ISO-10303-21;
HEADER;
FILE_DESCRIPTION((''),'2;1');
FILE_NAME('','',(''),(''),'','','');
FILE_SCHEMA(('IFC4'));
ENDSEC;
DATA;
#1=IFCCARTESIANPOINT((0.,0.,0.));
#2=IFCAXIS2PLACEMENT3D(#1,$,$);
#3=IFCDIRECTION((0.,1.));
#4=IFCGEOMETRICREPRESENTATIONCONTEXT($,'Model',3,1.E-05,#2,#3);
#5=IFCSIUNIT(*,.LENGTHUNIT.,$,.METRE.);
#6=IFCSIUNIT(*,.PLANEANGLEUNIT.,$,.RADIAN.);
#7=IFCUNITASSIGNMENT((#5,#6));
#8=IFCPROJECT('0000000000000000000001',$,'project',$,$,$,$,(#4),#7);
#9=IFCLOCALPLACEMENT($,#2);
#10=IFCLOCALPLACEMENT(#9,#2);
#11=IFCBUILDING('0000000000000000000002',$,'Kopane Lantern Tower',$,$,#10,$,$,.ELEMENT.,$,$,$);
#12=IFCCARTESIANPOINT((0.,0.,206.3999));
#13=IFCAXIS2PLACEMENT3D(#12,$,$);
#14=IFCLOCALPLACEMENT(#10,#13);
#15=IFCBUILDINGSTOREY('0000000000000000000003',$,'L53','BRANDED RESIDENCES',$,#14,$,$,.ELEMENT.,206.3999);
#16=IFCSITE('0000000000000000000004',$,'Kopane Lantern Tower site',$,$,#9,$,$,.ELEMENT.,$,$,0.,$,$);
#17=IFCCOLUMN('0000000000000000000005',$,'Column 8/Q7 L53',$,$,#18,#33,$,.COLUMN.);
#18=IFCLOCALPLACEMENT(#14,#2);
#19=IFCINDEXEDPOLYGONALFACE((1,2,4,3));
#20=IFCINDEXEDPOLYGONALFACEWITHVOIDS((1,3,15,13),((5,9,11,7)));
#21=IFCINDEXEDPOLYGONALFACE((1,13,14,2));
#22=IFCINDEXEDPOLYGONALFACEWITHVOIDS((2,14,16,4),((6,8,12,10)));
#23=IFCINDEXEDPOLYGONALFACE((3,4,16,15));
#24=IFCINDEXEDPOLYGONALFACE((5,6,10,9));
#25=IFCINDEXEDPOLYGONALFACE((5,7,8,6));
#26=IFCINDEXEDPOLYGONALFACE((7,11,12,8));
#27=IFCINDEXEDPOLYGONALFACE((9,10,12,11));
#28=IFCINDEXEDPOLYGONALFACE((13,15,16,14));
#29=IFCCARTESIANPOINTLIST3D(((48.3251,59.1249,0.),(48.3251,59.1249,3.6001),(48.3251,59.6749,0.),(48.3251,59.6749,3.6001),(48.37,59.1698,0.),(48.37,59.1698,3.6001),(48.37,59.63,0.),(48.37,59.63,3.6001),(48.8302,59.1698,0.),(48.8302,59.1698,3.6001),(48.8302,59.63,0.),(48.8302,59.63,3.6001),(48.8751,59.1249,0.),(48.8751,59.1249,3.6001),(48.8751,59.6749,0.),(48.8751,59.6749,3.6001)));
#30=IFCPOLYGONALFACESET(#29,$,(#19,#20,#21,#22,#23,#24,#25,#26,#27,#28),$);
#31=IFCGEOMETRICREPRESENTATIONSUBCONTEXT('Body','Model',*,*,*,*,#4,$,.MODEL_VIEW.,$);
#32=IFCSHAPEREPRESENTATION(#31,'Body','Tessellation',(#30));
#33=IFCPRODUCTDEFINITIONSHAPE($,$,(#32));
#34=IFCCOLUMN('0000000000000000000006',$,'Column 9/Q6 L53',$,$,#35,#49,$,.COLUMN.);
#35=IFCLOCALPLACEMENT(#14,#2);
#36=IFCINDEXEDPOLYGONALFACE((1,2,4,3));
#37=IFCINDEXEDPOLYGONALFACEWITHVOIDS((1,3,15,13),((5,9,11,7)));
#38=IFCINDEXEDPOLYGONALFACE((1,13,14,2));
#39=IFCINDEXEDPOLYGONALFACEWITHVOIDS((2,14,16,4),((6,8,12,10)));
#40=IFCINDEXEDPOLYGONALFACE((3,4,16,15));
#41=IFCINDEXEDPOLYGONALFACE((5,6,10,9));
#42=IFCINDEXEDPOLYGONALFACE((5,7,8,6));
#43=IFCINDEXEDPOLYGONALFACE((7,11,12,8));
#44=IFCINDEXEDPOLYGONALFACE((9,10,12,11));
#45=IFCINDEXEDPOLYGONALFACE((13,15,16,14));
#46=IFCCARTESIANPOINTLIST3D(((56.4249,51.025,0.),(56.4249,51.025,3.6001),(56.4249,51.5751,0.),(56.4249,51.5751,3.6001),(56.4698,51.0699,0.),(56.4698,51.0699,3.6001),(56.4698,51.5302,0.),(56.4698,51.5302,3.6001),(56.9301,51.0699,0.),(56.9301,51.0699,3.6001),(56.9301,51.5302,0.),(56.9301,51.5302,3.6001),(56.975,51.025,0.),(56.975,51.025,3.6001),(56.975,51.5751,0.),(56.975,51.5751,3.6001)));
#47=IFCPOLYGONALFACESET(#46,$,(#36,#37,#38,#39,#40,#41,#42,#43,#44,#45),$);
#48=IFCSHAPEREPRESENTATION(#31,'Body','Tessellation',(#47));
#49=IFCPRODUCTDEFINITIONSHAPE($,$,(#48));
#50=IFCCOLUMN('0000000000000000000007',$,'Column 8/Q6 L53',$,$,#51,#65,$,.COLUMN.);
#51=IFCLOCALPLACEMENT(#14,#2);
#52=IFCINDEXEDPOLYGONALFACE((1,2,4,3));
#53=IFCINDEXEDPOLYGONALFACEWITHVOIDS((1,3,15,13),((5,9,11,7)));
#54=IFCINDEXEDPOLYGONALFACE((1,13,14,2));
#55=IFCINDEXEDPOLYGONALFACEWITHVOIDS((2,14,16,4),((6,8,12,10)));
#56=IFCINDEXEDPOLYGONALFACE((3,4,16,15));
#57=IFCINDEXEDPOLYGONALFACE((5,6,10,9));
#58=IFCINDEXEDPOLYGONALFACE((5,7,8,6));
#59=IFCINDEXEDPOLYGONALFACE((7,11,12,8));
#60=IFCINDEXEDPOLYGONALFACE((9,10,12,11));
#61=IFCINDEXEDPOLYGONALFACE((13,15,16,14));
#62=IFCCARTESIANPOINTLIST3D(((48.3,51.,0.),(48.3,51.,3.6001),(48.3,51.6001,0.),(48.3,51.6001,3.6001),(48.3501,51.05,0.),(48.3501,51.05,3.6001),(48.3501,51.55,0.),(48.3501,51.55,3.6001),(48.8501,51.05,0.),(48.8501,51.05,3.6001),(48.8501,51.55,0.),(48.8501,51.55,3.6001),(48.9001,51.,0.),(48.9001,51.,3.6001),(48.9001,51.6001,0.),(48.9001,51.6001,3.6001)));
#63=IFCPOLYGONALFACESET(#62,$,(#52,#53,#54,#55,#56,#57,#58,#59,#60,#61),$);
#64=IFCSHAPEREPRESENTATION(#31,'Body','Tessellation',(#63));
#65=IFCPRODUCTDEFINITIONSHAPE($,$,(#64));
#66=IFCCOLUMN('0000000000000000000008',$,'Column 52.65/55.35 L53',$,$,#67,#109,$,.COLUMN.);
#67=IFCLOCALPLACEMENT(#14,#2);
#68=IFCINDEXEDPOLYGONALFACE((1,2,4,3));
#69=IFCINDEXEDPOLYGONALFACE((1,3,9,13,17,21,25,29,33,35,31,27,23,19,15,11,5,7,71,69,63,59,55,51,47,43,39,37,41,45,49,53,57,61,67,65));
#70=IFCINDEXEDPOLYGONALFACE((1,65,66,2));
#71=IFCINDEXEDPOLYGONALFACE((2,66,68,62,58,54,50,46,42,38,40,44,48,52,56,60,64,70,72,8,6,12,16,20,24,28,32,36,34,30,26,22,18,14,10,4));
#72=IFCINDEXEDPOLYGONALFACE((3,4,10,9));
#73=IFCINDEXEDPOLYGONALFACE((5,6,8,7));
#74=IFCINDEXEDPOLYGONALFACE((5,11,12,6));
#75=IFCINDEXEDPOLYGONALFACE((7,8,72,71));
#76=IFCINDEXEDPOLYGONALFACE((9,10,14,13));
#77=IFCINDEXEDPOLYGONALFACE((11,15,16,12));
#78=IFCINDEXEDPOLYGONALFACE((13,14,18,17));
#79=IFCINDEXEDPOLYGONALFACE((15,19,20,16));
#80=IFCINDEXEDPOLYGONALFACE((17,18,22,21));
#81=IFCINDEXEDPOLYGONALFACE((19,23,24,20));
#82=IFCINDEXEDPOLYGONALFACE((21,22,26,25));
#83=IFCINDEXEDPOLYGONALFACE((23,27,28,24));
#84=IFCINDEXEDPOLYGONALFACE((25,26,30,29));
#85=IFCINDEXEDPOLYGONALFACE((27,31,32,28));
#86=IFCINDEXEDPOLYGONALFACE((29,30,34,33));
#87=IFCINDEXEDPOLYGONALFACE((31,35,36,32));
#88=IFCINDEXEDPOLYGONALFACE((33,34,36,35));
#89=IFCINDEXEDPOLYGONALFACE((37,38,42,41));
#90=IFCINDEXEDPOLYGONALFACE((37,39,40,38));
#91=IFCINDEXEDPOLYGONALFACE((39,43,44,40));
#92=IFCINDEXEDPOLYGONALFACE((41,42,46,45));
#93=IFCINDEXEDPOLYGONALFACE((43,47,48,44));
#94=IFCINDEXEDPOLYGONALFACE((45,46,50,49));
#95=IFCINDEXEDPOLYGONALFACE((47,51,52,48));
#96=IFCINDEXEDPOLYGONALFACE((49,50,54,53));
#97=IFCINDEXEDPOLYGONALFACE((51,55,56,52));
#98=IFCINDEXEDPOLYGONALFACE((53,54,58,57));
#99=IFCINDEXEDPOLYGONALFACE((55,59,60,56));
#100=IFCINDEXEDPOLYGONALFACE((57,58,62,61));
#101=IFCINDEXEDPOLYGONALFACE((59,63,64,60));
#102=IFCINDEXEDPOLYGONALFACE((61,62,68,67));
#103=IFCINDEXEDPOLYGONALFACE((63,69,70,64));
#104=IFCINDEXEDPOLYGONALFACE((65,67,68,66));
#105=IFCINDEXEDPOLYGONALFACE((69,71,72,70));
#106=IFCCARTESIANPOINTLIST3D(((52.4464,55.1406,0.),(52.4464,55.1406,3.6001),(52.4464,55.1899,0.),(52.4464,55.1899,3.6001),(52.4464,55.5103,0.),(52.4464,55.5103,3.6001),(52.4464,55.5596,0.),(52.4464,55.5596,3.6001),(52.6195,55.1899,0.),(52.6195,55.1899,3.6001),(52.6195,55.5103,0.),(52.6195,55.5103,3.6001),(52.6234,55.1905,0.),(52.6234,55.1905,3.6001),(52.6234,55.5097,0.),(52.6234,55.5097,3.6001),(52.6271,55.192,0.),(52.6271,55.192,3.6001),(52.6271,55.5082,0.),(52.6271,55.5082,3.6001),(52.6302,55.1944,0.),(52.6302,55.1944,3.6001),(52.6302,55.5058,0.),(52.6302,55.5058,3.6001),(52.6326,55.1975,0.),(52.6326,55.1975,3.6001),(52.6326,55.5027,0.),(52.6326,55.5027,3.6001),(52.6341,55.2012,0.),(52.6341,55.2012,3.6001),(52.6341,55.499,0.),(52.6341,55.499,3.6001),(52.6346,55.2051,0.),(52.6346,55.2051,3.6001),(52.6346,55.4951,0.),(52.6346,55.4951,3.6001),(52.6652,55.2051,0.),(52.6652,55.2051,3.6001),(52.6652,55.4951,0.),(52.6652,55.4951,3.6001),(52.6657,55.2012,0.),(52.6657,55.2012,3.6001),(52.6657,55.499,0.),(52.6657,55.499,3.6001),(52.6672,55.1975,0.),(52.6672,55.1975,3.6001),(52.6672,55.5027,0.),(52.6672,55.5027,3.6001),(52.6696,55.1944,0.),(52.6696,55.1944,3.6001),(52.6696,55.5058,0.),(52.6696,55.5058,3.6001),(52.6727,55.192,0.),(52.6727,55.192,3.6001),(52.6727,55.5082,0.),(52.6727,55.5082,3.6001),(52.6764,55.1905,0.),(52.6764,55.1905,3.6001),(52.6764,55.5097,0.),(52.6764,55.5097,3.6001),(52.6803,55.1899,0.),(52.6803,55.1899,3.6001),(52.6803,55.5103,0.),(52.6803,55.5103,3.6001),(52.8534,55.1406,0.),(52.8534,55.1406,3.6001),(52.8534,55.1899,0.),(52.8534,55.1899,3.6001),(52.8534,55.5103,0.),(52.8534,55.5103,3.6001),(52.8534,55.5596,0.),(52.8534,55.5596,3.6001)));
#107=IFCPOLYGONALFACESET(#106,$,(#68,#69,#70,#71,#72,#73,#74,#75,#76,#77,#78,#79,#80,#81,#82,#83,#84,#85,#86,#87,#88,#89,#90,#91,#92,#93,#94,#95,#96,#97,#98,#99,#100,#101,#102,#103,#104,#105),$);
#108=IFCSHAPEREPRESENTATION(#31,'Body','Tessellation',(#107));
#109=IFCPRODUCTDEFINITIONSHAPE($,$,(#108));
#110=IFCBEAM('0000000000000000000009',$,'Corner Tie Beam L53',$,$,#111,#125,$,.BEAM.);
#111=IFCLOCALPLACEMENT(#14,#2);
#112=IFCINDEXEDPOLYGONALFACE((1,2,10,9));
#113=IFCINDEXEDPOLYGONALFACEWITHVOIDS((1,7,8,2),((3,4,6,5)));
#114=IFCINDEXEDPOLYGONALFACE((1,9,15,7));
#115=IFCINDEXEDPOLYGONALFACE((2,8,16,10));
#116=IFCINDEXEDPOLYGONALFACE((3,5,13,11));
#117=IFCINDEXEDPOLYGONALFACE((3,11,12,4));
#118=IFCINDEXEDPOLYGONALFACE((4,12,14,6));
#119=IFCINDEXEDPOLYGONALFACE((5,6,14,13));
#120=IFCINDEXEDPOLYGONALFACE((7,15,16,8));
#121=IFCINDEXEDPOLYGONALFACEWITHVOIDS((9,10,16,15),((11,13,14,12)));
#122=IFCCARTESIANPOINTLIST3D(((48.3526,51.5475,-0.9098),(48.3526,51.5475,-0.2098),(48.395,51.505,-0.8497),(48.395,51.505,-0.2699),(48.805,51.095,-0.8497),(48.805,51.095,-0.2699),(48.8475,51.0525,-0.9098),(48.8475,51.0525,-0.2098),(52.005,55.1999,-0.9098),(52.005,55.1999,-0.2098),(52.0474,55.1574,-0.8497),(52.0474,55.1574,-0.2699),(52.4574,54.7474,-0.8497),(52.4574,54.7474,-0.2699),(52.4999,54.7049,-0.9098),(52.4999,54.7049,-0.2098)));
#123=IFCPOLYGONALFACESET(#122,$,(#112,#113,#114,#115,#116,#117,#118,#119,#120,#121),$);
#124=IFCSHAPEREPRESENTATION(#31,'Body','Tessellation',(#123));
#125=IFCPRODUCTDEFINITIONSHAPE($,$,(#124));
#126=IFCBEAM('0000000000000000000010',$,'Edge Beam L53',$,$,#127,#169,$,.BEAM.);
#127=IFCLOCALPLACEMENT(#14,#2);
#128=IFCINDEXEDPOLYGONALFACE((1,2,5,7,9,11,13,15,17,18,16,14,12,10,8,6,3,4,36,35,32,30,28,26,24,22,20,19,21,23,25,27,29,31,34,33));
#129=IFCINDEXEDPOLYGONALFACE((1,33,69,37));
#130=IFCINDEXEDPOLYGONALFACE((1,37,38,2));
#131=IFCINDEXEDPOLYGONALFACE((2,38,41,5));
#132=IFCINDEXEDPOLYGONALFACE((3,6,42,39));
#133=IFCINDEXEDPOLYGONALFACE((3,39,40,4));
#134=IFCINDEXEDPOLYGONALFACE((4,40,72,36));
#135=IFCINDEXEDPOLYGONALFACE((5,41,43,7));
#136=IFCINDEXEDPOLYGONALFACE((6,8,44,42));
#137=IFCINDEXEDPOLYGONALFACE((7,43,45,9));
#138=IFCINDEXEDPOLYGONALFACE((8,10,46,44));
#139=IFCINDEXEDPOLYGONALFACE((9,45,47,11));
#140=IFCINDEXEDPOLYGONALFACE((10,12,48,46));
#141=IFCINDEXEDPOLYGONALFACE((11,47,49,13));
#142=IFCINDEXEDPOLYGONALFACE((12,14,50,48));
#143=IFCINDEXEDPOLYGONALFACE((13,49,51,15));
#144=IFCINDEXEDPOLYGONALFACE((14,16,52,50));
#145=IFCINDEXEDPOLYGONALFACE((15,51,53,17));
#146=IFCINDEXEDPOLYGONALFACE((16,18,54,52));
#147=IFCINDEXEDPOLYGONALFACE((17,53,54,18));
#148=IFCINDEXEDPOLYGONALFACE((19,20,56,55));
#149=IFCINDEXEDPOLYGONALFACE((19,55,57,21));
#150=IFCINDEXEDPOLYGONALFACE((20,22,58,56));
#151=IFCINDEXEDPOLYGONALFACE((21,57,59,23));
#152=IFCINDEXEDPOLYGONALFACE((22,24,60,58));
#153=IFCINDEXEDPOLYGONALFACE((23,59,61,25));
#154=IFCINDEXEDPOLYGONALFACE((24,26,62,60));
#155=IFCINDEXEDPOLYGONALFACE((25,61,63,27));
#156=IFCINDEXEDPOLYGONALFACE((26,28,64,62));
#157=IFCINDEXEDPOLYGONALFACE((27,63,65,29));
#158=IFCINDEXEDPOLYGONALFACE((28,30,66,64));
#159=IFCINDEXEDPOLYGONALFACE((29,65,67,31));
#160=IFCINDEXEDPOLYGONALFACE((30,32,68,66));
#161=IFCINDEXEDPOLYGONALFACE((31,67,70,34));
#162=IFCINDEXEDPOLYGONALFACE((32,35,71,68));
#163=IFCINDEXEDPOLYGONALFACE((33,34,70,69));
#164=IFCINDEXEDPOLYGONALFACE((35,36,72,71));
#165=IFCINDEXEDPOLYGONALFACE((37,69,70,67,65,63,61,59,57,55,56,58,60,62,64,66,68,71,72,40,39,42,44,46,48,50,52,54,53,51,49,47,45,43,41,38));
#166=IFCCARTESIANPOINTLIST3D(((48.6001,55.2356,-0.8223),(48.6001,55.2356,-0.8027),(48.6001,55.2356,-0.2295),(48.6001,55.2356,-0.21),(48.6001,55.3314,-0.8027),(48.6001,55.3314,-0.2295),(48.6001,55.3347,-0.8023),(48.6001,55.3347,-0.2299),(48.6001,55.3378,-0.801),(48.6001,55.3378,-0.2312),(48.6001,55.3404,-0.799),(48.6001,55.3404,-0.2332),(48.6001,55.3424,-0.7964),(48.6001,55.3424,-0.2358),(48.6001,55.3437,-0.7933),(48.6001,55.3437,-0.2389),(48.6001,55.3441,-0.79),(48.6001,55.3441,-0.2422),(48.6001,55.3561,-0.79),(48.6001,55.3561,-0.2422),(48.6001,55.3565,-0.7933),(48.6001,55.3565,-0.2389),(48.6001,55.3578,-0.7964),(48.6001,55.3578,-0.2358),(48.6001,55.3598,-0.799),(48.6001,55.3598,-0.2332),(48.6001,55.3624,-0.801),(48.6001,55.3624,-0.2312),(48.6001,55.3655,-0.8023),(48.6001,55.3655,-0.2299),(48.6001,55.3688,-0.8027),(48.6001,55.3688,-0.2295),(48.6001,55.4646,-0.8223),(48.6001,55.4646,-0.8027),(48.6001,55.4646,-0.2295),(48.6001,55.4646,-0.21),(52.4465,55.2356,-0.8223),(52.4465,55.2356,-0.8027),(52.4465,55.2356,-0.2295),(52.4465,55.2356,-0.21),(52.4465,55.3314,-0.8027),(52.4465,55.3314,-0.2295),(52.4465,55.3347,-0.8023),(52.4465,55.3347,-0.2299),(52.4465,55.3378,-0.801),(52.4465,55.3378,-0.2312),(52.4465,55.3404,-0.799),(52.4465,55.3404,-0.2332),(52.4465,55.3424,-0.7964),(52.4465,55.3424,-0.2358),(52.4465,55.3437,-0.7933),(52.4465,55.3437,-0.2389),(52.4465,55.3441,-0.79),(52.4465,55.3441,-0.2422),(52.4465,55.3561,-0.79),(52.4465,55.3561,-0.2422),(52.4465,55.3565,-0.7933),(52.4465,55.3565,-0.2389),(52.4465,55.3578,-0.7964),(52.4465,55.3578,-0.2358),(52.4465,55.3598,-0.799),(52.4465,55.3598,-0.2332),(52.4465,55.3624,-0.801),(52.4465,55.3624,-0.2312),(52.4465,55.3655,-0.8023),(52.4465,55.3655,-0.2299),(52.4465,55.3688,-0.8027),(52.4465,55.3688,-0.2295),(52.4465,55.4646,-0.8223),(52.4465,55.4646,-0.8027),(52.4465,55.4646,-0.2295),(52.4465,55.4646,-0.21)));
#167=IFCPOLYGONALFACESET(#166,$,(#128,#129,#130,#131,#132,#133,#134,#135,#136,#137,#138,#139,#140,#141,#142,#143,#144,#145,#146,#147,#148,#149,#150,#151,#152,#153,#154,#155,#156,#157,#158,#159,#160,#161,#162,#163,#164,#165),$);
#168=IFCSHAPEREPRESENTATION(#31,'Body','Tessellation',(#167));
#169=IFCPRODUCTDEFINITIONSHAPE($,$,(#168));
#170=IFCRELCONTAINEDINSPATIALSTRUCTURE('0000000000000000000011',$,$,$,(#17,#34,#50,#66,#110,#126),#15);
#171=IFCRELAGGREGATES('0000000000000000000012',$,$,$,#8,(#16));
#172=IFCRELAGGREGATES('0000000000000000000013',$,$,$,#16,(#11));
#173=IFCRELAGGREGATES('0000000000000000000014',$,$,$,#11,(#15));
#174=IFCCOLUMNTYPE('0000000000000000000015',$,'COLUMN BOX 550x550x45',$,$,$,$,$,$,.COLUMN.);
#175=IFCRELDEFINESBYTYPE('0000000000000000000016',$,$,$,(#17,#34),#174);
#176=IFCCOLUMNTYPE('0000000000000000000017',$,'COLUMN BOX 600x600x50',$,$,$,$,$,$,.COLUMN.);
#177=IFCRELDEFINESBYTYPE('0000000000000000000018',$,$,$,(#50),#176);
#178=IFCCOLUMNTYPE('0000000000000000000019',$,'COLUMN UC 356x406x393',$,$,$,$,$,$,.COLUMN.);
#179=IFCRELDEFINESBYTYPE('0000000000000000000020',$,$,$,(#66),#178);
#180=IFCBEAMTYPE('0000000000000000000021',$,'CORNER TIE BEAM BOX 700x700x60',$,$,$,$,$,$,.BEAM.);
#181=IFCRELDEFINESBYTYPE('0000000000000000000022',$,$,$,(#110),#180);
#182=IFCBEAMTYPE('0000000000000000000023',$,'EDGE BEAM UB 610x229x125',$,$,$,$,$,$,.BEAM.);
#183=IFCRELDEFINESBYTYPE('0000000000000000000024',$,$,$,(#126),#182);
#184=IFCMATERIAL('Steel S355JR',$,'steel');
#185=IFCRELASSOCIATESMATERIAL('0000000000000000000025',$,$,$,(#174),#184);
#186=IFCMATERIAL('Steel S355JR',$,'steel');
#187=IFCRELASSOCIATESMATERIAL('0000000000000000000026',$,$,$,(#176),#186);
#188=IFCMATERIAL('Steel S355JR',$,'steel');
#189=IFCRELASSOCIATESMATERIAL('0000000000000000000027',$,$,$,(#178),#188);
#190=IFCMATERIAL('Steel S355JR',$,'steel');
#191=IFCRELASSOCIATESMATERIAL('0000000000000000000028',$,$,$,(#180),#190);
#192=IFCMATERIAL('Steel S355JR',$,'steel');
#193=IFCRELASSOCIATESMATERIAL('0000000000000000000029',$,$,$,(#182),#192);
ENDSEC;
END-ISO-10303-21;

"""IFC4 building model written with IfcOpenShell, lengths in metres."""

from ifc_helpers import new_model, si_unit, direction, frame, origin, origin_2d, place, context, subcontext, project, spatial, hollow_rectangle, i_section, extrude, material, material_profile, profile_set, type_object, element, save


model = new_model("IFC4")

# Units and contexts
model_context = context("Model", 3, precision=1e-05, world=origin(), true_north=direction((0.0, 1.0)))
body_context = subcontext(model_context, "Body", "Model", "MODEL_VIEW")
ifc_project = project(units=[si_unit("LENGTHUNIT", "METRE"), si_unit("PLANEANGLEUNIT", "RADIAN")], contexts=[model_context])

# Site, building, storey
site_placement = place(None, origin())
site = spatial("IfcSite", under=ifc_project, at=site_placement, Name="Kopane Lantern Tower site", CompositionType="ELEMENT", RefElevation=0.0)
building_placement = place(site_placement, origin())
building = spatial("IfcBuilding", under=site, at=building_placement, Name="Kopane Lantern Tower", CompositionType="ELEMENT")
storey_placement = place(building_placement, frame((0.0, 0.0, 206.3999)))
storey = spatial("IfcBuildingStorey", under=building, at=storey_placement, Name="L53", Description="BRANDED RESIDENCES", CompositionType="ELEMENT", Elevation=206.3999)

# Columns
ifc_material_1 = material(Name="Steel S355JR", Category="steel")
ifc_material_profile_1 = material_profile(ifc_material_1, hollow_rectangle(XDim=0.55, YDim=0.55, WallThickness=0.0449, at=origin_2d()), Name="BOX 550x550x45")
ifc_profile_set_1 = profile_set([ifc_material_profile_1], Name="Steel S355JR")
column_type_1 = type_object("IfcColumnType", Name="COLUMN BOX 550x550x45", PredefinedType="COLUMN", material=ifc_profile_set_1)
for number, where, z_axis, x_axis, name in (
    (1, (48.6001, 59.3999, 0.0), (0.0, 0.0, 1.0), (1.0, 0.0, 0.0), "Column 8/Q7 L53"),
    (2, (56.7, 51.3, 0.0), (0.0, 0.0, 1.0), (1.0, 0.0, 0.0), "Column 9/Q6 L53"),
):
    element("IfcColumn", number, at=place(storey_placement, frame(where, z_axis=z_axis, x_axis=x_axis)), inside=storey, type_object=column_type_1, Name=name, PredefinedType="COLUMN", context=body_context, shape_type="SweptSolid", body=[
        extrude(hollow_rectangle(XDim=0.55, YDim=0.55, WallThickness=0.0449, at=origin_2d()), origin(), (0.0, 0.0, 1.0), 3.6001),
    ])
ifc_material_2 = material(Name="Steel S355JR", Category="steel")
ifc_material_profile_2 = material_profile(ifc_material_2, hollow_rectangle(XDim=0.6001, YDim=0.6001, WallThickness=0.05, at=origin_2d()), Name="BOX 600x600x50")
ifc_profile_set_2 = profile_set([ifc_material_profile_2], Name="Steel S355JR")
column_type_2 = type_object("IfcColumnType", Name="COLUMN BOX 600x600x50", PredefinedType="COLUMN", material=ifc_profile_set_2)
column_1_placement = place(storey_placement, frame((48.6001, 51.3, 0.0), z_axis=(0.0, 0.0, 1.0), x_axis=(1.0, 0.0, 0.0)))
element("IfcColumn", 3, at=column_1_placement, inside=storey, type_object=column_type_2, Name="Column 8/Q6 L53", PredefinedType="COLUMN", context=body_context, shape_type="SweptSolid", body=[
    extrude(hollow_rectangle(XDim=0.6001, YDim=0.6001, WallThickness=0.05, at=origin_2d()), origin(), (0.0, 0.0, 1.0), 3.6001),
])
ifc_material_3 = material(Name="Steel S355JR", Category="steel")
ifc_material_profile_3 = material_profile(ifc_material_3, i_section(OverallWidth=0.407, OverallDepth=0.4189, WebThickness=0.0305, FlangeThickness=0.0493, FilletRadius=0.0151, at=origin_2d()), Name="UC 356x406x393")
ifc_profile_set_3 = profile_set([ifc_material_profile_3], Name="Steel S355JR")
column_type_3 = type_object("IfcColumnType", Name="COLUMN UC 356x406x393", PredefinedType="COLUMN", material=ifc_profile_set_3)
column_2_placement = place(storey_placement, frame((52.6499, 55.3501, 0.0), z_axis=(0.0, 0.0, 1.0), x_axis=(1.0, 0.0, 0.0)))
element("IfcColumn", 4, at=column_2_placement, inside=storey, type_object=column_type_3, Name="Column 52.65/55.35 L53", PredefinedType="COLUMN", context=body_context, shape_type="SweptSolid", body=[
    extrude(i_section(OverallWidth=0.407, OverallDepth=0.4189, WebThickness=0.0305, FlangeThickness=0.0493, FilletRadius=0.0151, at=origin_2d()), origin(), (0.0, 0.0, 1.0), 3.6001),
])

# Beams
ifc_material_4 = material(Name="Steel S355JR", Category="steel")
ifc_material_profile_4 = material_profile(ifc_material_4, hollow_rectangle(XDim=0.7, YDim=0.7, WallThickness=0.0601, at=origin_2d()), Name="BOX 700x700x60")
ifc_profile_set_4 = profile_set([ifc_material_profile_4], Name="Steel S355JR")
beam_type_1 = type_object("IfcBeamType", Name="CORNER TIE BEAM BOX 700x700x60", PredefinedType="BEAM", material=ifc_profile_set_4)
beam_placement = place(storey_placement, frame((52.2524, 54.9524, -0.5598), z_axis=(-0.707107, -0.707107, 0.0), x_axis=(0.707107, -0.707107, 0.0)))
element("IfcBeam", 5, at=beam_placement, inside=storey, type_object=beam_type_1, Name="Corner Tie Beam L53", PredefinedType="BEAM", context=body_context, shape_type="SweptSolid", body=[
    extrude(hollow_rectangle(XDim=0.7, YDim=0.7, WallThickness=0.0601, at=origin_2d()), origin(), (0.0, 0.0, 1.0), 5.1653),
])
ifc_material_5 = material(Name="Steel S355JR", Category="steel")
ifc_material_profile_5 = material_profile(ifc_material_5, i_section(OverallWidth=0.229, OverallDepth=0.6123, WebThickness=0.012, FlangeThickness=0.0195, FilletRadius=0.0127, at=origin_2d()), Name="UB 610x229x125")
ifc_profile_set_5 = profile_set([ifc_material_profile_5], Name="Steel S355JR")
beam_type_2 = type_object("IfcBeamType", Name="EDGE BEAM UB 610x229x125", PredefinedType="BEAM", material=ifc_profile_set_5)
for number, where, z_axis, x_axis, name in (
    (6, (52.4465, 55.3501, -0.5161), (-1.0, 0.0, 0.0), (0.0, -1.0, 0.0), "Edge Beam L53"),
):
    element("IfcBeam", number, at=place(storey_placement, frame(where, z_axis=z_axis, x_axis=x_axis)), inside=storey, type_object=beam_type_2, Name=name, PredefinedType="BEAM", context=body_context, shape_type="SweptSolid", body=[
        extrude(i_section(OverallWidth=0.229, OverallDepth=0.6123, WebThickness=0.012, FlangeThickness=0.0195, FilletRadius=0.0127, at=origin_2d()), origin(), (0.0, 0.0, 1.0), 3.8464),
    ])

save(model, "model.ifc")
